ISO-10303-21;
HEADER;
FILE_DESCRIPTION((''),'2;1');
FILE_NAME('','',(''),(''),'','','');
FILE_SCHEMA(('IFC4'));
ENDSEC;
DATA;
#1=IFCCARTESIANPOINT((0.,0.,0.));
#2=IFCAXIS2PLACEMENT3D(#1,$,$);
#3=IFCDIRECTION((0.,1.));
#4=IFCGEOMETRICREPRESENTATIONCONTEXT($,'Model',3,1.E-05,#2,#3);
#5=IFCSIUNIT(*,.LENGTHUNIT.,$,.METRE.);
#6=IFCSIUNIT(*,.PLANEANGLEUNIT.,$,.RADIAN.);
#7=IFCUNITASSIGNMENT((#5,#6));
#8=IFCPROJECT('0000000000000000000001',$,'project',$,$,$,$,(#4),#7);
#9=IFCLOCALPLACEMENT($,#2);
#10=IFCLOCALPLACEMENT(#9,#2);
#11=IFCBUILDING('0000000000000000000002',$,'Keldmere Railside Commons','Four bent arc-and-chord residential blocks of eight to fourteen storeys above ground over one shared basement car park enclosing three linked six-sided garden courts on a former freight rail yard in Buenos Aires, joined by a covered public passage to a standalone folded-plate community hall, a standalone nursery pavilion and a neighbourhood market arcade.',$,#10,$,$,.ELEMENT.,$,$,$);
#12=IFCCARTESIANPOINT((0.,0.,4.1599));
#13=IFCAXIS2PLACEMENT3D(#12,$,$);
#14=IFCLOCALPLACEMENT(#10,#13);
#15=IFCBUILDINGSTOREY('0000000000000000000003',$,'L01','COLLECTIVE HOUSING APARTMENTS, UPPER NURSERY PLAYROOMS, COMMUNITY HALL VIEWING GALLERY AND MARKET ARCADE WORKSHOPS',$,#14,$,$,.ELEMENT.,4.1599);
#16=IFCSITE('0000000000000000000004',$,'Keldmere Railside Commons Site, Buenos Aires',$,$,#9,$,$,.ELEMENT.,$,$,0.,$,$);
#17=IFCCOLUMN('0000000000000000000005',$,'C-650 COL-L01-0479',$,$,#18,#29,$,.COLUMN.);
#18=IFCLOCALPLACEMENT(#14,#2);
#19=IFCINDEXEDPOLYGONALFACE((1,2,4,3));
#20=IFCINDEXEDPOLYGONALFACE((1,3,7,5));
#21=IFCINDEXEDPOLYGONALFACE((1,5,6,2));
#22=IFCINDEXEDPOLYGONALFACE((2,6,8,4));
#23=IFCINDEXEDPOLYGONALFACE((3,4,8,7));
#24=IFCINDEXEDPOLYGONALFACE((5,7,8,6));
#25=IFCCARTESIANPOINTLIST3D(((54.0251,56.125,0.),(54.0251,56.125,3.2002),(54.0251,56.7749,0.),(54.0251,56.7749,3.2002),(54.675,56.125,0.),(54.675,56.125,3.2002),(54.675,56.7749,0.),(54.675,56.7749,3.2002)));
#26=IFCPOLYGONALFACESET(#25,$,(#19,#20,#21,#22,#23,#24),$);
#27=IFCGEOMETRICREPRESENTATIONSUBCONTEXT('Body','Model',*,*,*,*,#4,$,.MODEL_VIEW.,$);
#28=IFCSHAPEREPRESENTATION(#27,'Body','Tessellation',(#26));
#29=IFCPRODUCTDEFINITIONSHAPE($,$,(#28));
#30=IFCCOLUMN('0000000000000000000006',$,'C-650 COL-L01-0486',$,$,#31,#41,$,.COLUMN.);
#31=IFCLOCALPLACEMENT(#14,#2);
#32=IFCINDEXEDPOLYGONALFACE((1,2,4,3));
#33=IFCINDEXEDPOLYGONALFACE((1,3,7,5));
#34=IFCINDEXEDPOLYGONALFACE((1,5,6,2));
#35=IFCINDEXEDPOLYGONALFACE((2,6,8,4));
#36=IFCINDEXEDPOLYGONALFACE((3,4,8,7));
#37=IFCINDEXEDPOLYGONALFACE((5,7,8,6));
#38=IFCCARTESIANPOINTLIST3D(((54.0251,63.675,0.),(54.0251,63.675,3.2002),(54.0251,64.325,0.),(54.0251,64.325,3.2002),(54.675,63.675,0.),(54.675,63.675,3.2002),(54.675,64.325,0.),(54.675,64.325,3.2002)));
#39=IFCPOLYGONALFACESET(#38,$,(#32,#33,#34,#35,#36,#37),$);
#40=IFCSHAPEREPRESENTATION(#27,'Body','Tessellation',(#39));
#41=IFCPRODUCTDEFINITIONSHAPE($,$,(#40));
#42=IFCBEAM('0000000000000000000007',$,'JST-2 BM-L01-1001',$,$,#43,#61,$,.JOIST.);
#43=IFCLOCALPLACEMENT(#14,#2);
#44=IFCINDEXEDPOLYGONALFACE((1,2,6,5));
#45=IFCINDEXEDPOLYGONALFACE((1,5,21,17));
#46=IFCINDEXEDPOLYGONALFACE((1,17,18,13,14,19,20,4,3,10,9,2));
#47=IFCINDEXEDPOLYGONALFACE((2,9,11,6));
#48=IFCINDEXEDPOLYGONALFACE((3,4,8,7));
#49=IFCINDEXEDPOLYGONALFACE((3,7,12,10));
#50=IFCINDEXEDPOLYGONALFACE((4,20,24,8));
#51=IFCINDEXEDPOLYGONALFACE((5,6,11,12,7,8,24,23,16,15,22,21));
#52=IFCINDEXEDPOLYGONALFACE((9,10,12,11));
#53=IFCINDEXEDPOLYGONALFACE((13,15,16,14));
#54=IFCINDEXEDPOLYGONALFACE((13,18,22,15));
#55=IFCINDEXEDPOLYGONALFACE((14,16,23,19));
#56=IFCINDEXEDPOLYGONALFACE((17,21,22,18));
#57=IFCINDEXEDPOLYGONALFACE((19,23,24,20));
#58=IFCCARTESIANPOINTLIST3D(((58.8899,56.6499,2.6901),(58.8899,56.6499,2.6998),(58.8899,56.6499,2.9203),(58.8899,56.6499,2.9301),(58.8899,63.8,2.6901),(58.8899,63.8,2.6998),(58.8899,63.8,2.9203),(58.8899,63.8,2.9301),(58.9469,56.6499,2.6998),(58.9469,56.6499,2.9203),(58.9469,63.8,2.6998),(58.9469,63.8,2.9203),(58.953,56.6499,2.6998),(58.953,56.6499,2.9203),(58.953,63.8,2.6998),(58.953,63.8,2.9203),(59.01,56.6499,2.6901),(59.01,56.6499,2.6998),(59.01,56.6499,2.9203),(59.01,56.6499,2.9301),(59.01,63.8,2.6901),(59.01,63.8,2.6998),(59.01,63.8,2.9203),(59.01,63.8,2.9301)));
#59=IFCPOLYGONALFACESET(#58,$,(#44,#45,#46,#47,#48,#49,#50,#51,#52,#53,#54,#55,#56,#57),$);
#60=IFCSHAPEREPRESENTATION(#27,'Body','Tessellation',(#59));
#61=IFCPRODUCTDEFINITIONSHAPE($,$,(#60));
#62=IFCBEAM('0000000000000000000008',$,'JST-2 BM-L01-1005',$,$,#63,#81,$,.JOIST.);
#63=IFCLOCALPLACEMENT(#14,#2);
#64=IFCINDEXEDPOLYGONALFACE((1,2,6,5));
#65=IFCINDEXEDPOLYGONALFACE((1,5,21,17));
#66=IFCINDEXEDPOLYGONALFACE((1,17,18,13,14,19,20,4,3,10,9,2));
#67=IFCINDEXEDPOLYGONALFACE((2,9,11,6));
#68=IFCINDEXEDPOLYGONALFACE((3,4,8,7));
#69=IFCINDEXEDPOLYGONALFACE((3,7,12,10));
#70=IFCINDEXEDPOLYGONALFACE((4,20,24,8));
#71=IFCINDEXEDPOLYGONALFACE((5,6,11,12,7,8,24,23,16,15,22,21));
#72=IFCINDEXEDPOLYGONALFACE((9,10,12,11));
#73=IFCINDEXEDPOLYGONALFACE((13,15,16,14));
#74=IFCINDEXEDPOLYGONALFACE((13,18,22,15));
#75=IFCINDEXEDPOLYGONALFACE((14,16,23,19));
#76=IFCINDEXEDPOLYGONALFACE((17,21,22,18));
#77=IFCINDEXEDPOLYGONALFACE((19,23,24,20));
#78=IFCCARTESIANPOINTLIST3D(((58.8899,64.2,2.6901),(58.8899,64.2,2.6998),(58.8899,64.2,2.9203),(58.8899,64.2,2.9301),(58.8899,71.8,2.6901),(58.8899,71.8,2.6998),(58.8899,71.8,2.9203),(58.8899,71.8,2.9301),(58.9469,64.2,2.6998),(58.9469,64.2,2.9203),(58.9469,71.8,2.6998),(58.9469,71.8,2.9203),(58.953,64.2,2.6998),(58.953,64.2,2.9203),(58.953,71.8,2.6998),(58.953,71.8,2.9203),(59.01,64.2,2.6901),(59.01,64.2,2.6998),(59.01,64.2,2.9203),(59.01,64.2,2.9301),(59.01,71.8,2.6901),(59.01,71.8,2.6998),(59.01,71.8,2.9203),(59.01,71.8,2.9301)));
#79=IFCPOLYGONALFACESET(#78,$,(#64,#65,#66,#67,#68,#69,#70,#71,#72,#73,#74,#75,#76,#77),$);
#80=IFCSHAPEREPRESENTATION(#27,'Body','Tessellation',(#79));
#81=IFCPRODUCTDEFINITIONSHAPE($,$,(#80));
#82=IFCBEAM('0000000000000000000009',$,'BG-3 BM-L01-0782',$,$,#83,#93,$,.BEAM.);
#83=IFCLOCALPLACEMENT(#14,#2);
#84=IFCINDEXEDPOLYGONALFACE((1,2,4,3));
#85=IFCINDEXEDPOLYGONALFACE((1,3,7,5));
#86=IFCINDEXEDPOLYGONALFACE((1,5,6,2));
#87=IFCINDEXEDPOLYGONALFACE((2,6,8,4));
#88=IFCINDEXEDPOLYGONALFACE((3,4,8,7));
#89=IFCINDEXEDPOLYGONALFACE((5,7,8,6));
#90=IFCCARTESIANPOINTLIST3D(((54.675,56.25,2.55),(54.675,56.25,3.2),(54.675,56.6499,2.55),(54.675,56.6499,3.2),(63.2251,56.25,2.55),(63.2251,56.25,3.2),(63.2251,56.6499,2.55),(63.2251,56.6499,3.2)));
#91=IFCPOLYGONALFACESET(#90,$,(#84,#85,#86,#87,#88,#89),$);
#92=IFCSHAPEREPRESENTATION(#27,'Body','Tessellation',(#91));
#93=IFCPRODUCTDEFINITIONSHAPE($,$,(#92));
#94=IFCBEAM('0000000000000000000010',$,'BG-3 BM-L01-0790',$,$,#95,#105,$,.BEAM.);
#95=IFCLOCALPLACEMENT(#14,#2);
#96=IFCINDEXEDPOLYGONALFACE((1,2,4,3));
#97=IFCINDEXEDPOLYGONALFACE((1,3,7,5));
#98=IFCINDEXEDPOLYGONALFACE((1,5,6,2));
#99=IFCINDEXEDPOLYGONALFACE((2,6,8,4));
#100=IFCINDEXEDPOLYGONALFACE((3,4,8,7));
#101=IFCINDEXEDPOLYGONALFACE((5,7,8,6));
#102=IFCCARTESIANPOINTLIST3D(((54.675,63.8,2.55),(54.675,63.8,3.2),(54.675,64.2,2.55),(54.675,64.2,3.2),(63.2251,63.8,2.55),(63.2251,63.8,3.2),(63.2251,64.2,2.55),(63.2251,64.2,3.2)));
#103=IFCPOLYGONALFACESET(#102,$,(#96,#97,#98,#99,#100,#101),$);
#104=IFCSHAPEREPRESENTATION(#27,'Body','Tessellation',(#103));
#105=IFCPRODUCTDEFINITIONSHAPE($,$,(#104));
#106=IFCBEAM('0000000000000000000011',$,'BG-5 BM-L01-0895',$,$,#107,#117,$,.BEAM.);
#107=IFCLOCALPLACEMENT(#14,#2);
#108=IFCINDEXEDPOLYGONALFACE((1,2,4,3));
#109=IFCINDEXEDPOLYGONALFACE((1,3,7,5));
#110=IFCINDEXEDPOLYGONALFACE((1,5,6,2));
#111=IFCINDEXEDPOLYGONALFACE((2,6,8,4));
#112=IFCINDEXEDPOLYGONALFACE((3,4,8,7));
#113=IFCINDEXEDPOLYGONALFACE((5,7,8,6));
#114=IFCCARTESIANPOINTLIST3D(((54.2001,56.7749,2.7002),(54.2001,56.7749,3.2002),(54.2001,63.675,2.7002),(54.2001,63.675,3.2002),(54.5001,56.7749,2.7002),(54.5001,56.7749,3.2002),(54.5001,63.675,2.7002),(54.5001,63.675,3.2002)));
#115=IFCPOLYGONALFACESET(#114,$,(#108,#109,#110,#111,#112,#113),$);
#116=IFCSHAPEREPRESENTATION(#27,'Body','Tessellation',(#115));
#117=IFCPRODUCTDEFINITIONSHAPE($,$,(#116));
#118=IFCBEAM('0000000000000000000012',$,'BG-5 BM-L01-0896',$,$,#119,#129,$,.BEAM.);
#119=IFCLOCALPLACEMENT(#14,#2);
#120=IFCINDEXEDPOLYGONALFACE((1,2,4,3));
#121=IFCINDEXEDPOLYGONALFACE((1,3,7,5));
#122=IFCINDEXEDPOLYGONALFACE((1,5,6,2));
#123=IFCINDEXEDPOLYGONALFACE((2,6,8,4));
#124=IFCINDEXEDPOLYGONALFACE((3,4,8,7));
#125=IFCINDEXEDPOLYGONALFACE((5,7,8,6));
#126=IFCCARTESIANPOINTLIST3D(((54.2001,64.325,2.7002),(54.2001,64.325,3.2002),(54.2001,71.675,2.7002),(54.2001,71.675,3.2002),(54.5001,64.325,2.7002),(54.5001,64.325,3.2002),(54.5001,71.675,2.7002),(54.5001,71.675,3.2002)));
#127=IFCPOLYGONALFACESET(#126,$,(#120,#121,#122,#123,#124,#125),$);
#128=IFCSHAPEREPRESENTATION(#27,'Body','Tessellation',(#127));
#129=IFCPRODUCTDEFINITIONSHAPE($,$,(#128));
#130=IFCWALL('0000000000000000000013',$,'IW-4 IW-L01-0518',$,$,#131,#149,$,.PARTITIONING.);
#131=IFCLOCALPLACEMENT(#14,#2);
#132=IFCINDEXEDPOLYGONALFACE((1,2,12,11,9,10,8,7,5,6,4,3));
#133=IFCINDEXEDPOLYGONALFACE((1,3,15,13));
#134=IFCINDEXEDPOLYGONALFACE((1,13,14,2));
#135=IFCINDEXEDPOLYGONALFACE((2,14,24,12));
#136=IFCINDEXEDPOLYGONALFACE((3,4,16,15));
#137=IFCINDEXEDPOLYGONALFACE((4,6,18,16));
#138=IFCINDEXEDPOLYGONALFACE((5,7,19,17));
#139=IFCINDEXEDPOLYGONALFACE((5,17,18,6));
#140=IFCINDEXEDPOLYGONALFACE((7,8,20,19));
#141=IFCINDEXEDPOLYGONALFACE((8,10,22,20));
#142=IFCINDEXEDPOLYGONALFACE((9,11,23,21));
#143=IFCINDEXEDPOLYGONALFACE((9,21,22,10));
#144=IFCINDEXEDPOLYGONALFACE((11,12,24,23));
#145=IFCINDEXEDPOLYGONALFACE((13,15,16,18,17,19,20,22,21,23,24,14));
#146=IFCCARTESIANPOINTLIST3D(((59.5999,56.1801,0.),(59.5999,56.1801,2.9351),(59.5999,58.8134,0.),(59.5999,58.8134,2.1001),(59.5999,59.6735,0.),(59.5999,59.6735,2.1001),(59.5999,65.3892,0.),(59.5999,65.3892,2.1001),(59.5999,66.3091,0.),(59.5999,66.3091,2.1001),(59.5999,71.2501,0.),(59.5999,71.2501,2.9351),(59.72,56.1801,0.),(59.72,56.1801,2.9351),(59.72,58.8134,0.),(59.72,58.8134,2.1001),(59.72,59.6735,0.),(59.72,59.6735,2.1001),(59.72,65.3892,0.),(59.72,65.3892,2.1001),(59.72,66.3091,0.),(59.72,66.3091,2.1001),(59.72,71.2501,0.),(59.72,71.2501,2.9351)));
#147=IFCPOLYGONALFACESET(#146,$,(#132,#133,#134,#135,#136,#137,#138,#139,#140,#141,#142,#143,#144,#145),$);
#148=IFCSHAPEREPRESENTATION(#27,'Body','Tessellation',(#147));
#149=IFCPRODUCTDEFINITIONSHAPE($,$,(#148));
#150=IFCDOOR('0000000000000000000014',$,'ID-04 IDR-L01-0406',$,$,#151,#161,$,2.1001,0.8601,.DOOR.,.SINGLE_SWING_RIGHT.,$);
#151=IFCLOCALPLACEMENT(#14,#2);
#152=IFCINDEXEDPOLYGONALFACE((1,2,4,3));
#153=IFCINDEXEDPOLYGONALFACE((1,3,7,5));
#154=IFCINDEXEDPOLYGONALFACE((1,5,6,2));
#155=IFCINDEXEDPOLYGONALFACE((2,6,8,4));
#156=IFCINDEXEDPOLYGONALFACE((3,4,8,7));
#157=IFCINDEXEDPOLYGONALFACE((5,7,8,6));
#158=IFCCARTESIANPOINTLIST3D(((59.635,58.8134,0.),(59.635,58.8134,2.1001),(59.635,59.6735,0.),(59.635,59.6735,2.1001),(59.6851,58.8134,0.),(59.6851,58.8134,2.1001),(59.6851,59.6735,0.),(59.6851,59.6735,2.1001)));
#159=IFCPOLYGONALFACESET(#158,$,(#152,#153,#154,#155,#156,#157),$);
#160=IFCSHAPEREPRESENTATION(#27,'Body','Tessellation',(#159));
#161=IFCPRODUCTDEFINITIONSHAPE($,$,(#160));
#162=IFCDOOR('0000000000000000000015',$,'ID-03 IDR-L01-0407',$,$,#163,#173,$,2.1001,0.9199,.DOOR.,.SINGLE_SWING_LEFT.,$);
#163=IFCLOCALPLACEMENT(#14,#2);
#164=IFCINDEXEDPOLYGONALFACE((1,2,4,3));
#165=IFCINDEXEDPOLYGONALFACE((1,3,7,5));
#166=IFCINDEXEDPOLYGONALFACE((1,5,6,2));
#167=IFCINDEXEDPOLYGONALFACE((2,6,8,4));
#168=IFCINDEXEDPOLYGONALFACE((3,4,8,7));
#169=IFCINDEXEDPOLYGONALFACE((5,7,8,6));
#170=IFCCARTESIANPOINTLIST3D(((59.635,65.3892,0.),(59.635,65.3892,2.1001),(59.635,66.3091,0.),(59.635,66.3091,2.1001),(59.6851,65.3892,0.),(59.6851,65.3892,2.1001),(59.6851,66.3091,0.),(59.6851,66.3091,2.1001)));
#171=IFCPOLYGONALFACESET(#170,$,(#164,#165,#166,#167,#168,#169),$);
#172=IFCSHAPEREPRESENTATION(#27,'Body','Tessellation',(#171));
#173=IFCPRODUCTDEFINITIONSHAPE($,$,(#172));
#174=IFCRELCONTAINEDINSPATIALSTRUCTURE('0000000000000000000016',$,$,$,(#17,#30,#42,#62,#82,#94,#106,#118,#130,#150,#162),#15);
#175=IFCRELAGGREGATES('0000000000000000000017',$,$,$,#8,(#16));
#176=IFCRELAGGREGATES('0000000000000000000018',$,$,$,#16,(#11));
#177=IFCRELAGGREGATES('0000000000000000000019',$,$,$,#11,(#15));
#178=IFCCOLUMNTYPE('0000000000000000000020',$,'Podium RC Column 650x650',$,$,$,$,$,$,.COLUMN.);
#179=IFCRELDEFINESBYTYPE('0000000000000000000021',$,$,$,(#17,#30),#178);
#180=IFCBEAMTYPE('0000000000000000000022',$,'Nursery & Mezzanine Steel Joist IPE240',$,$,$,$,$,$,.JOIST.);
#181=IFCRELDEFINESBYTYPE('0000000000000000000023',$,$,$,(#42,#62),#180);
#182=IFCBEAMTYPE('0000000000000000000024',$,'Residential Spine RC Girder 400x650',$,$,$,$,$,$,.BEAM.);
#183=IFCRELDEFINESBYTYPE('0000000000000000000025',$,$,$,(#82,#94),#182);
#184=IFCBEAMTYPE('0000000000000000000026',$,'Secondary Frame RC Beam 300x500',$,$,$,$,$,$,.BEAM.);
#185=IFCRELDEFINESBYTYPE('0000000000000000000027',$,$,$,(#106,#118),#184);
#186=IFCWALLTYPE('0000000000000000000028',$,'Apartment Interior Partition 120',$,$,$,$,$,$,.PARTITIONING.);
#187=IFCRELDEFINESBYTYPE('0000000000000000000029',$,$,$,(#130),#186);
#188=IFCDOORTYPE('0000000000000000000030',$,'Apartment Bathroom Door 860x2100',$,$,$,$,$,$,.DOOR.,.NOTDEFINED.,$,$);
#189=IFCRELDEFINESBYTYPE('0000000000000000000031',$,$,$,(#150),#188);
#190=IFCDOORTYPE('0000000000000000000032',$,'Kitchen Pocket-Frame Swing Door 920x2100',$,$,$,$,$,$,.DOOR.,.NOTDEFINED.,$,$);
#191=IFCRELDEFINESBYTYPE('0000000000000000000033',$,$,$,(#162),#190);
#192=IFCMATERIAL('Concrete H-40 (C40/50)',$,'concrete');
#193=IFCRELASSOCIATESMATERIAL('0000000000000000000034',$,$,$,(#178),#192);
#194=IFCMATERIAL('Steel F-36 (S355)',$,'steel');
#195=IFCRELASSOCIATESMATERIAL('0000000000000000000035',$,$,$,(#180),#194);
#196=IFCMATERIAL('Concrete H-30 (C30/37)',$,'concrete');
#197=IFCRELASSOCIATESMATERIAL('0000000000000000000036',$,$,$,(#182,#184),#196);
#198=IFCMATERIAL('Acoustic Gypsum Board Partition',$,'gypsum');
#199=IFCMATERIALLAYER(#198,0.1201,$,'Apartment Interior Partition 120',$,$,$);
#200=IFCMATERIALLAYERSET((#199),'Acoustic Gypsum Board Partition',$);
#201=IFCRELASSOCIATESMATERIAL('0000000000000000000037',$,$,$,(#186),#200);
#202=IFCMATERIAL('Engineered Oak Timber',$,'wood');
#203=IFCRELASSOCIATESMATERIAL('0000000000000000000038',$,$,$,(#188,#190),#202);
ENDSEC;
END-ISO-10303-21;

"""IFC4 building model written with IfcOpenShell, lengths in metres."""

from ifc_helpers import new_model, si_unit, direction, frame, frame_2d, origin, origin_2d, place, context, subcontext, project, spatial, rectangle, i_section, extrude, material, layer, layer_set, material_profile, profile_set, type_object, element, fill, save


model = new_model("IFC4")

# Units and contexts
model_context = context("Model", 3, precision=1e-05, world=origin(), true_north=direction((0.0, 1.0)))
body_context = subcontext(model_context, "Body", "Model", "MODEL_VIEW")
ifc_project = project(units=[si_unit("LENGTHUNIT", "METRE"), si_unit("PLANEANGLEUNIT", "RADIAN")], contexts=[model_context])

# Site, building, storey
site_placement = place(None, origin())
site = spatial("IfcSite", under=ifc_project, at=site_placement, Name="Keldmere Railside Commons Site, Buenos Aires", CompositionType="ELEMENT", RefElevation=0.0)
building_placement = place(site_placement, origin())
building = spatial("IfcBuilding", under=site, at=building_placement, Name="Keldmere Railside Commons", Description="Four bent arc-and-chord residential blocks of eight to fourteen storeys above ground over one shared basement car park enclosing three linked six-sided garden courts on a former freight rail yard in Buenos Aires, joined by a covered public passage to a standalone folded-plate community hall, a standalone nursery pavilion and a neighbourhood market arcade.", CompositionType="ELEMENT")
storey_placement = place(building_placement, frame((0.0, 0.0, 4.1599)))
storey = spatial("IfcBuildingStorey", under=building, at=storey_placement, Name="L01", Description="COLLECTIVE HOUSING APARTMENTS, UPPER NURSERY PLAYROOMS, COMMUNITY HALL VIEWING GALLERY AND MARKET ARCADE WORKSHOPS", CompositionType="ELEMENT", Elevation=4.1599)

# Columns
ifc_material_1 = material(Name="Concrete H-40 (C40/50)", Category="concrete")
ifc_material_profile_1 = material_profile(ifc_material_1, rectangle(XDim=0.6499, YDim=0.6499, at=origin_2d()), Name="RC-650x650")
ifc_profile_set_1 = profile_set([ifc_material_profile_1], Name="Concrete H-40 (C40/50)")
column_type = type_object("IfcColumnType", Name="Podium RC Column 650x650", PredefinedType="COLUMN", material=ifc_profile_set_1)
for number, where, z_axis, x_axis, name in (
    (1, (54.3501, 56.45, 0.0), (0.0, 0.0, 1.0), (1.0, 0.0, 0.0), "C-650 COL-L01-0479"),
    (2, (54.3501, 64.0, 0.0), (0.0, 0.0, 1.0), (1.0, 0.0, 0.0), "C-650 COL-L01-0486"),
):
    element("IfcColumn", number, at=place(storey_placement, frame(where, z_axis=z_axis, x_axis=x_axis)), inside=storey, type_object=column_type, Name=name, PredefinedType="COLUMN", context=body_context, shape_type="SweptSolid", body=[
        extrude(rectangle(XDim=0.6499, YDim=0.6499, at=origin_2d()), origin(), (0.0, 0.0, 1.0), 3.2002),
    ])

# Beams
ifc_material_2 = material(Name="Steel F-36 (S355)", Category="steel")
ifc_material_profile_2 = material_profile(ifc_material_2, i_section(OverallWidth=0.1201, OverallDepth=0.24, WebThickness=0.0061, FlangeThickness=0.0098, at=origin_2d()), Name="IPE-240")
ifc_profile_set_2 = profile_set([ifc_material_profile_2], Name="Steel F-36 (S355)")
beam_type_1 = type_object("IfcBeamType", Name="Nursery & Mezzanine Steel Joist IPE240", PredefinedType="JOIST", material=ifc_profile_set_2)
beam_1_placement = place(storey_placement, frame((58.95, 56.6499, 2.8101), z_axis=(0.0, 1.0, 0.0), x_axis=(-1.0, 0.0, 0.0)))
element("IfcBeam", 3, at=beam_1_placement, inside=storey, type_object=beam_type_1, Name="JST-2 BM-L01-1001", PredefinedType="JOIST", context=body_context, shape_type="SweptSolid", body=[
    extrude(i_section(OverallWidth=0.1201, OverallDepth=0.24, WebThickness=0.0061, FlangeThickness=0.0098, at=origin_2d()), origin(), (0.0, 0.0, 1.0), 7.1501),
])
beam_2_placement = place(storey_placement, frame((58.95, 64.2, 2.8101), z_axis=(0.0, 1.0, 0.0), x_axis=(-1.0, 0.0, 0.0)))
element("IfcBeam", 4, at=beam_2_placement, inside=storey, type_object=beam_type_1, Name="JST-2 BM-L01-1005", PredefinedType="JOIST", context=body_context, shape_type="SweptSolid", body=[
    extrude(i_section(OverallWidth=0.1201, OverallDepth=0.24, WebThickness=0.0061, FlangeThickness=0.0098, at=origin_2d()), origin(), (0.0, 0.0, 1.0), 7.6001),
])
ifc_material_3 = material(Name="Concrete H-30 (C30/37)", Category="concrete")
ifc_material_profile_3 = material_profile(ifc_material_3, rectangle(XDim=0.3999, YDim=0.6499, at=origin_2d()), Name="RC-400x650")
ifc_profile_set_3 = profile_set([ifc_material_profile_3], Name="Concrete H-30 (C30/37)")
beam_type_2 = type_object("IfcBeamType", Name="Residential Spine RC Girder 400x650", PredefinedType="BEAM", material=ifc_profile_set_3)
for number, where, z_axis, x_axis, name in (
    (5, (54.675, 56.45, 2.875), (1.0, 0.0, 0.0), (0.0, 1.0, 0.0), "BG-3 BM-L01-0782"),
    (6, (54.675, 64.0, 2.875), (1.0, 0.0, 0.0), (0.0, 1.0, 0.0), "BG-3 BM-L01-0790"),
):
    element("IfcBeam", number, at=place(storey_placement, frame(where, z_axis=z_axis, x_axis=x_axis)), inside=storey, type_object=beam_type_2, Name=name, PredefinedType="BEAM", context=body_context, shape_type="SweptSolid", body=[
        extrude(rectangle(XDim=0.3999, YDim=0.6499, at=origin_2d()), origin(), (0.0, 0.0, 1.0), 8.55),
    ])
ifc_material_profile_4 = material_profile(ifc_material_3, rectangle(XDim=0.3, YDim=0.5, at=origin_2d()), Name="RC-300x500")
ifc_profile_set_4 = profile_set([ifc_material_profile_4], Name="Concrete H-30 (C30/37)")
beam_type_3 = type_object("IfcBeamType", Name="Secondary Frame RC Beam 300x500", PredefinedType="BEAM", material=ifc_profile_set_4)
beam_3_placement = place(storey_placement, frame((54.3501, 56.7749, 2.9502), z_axis=(0.0, 1.0, 0.0), x_axis=(-1.0, 0.0, 0.0)))
element("IfcBeam", 7, at=beam_3_placement, inside=storey, type_object=beam_type_3, Name="BG-5 BM-L01-0895", PredefinedType="BEAM", context=body_context, shape_type="SweptSolid", body=[
    extrude(rectangle(XDim=0.3, YDim=0.5, at=origin_2d()), origin(), (0.0, 0.0, 1.0), 6.9001),
])
beam_4_placement = place(storey_placement, frame((54.3501, 64.325, 2.9502), z_axis=(0.0, 1.0, 0.0), x_axis=(-1.0, 0.0, 0.0)))
element("IfcBeam", 8, at=beam_4_placement, inside=storey, type_object=beam_type_3, Name="BG-5 BM-L01-0896", PredefinedType="BEAM", context=body_context, shape_type="SweptSolid", body=[
    extrude(rectangle(XDim=0.3, YDim=0.5, at=origin_2d()), origin(), (0.0, 0.0, 1.0), 7.3501),
])

# Wall, openings, doors
ifc_material_4 = material(Name="Acoustic Gypsum Board Partition", Category="gypsum")
ifc_layer_1 = layer(ifc_material_4, 0.1201, Name="Apartment Interior Partition 120")
ifc_layer_set_1 = layer_set([ifc_layer_1], Name="Acoustic Gypsum Board Partition")
wall_type_1 = type_object("IfcWallType", Name="Apartment Interior Partition 120", PredefinedType="PARTITIONING", material=ifc_layer_set_1)
wall_1_placement = place(storey_placement, frame((59.6599, 56.1799, 0.0), z_axis=(0.0, 0.0, 1.0), x_axis=(0.0, 1.0, 0.0)))
wall_1 = element("IfcWall", 9, at=wall_1_placement, inside=storey, type_object=wall_type_1, Name="IW-4 IW-L01-0518", PredefinedType="PARTITIONING", context=body_context, shape_type="SweptSolid", body=[
    extrude(rectangle(XDim=15.0701, YDim=0.1201, at=frame_2d((7.5352, 0.0))), origin(), (0.0, 0.0, 1.0), 2.9351),
])
opening_1_placement = place(wall_1_placement, frame((2.6333, 0.0, 0.0)))
opening_1 = element("IfcOpeningElement", 10, at=opening_1_placement, cuts=wall_1, PredefinedType="OPENING", context=body_context, shape_type="SweptSolid", body=[
    extrude(rectangle(XDim=0.8601, YDim=2.1001, at=frame_2d((0.4302, 1.05))), frame((0.0, 0.0701, 0.0), z_axis=(0.0, -1.0, 0.0), x_axis=(1.0, 0.0, 0.0)), (0.0, 0.0, 1.0), 0.1401),
])
opening_2_placement = place(wall_1_placement, frame((9.2092, 0.0, 0.0)))
opening_2 = element("IfcOpeningElement", 11, at=opening_2_placement, cuts=wall_1, PredefinedType="OPENING", context=body_context, shape_type="SweptSolid", body=[
    extrude(rectangle(XDim=0.9199, YDim=2.1001, at=frame_2d((0.46, 1.05))), frame((0.0, 0.0701, 0.0), z_axis=(0.0, -1.0, 0.0), x_axis=(1.0, 0.0, 0.0)), (0.0, 0.0, 1.0), 0.1401),
])
ifc_material_5 = material(Name="Engineered Oak Timber", Category="wood")
door_type_1 = type_object("IfcDoorType", Name="Apartment Bathroom Door 860x2100", OperationType="NOTDEFINED", PredefinedType="DOOR", material=ifc_material_5)
door_1_placement = place(opening_1_placement, origin())
door_1 = element("IfcDoor", 12, at=door_1_placement, inside=storey, type_object=door_type_1, Name="ID-04 IDR-L01-0406", OperationType="SINGLE_SWING_RIGHT", OverallHeight=2.1001, OverallWidth=0.8601, PredefinedType="DOOR", context=body_context, shape_type="SweptSolid", body=[
    extrude(rectangle(XDim=0.8601, YDim=2.1001, at=frame_2d((0.4302, 1.05))), frame((0.0, 0.0249, 0.0), z_axis=(0.0, -1.0, 0.0), x_axis=(1.0, 0.0, 0.0)), (0.0, 0.0, 1.0), 0.05),
])
fill(opening_1, door_1)
door_type_2 = type_object("IfcDoorType", Name="Kitchen Pocket-Frame Swing Door 920x2100", OperationType="NOTDEFINED", PredefinedType="DOOR", material=ifc_material_5)
door_2_placement = place(opening_2_placement, origin())
door_2 = element("IfcDoor", 13, at=door_2_placement, inside=storey, type_object=door_type_2, Name="ID-03 IDR-L01-0407", OperationType="SINGLE_SWING_LEFT", OverallHeight=2.1001, OverallWidth=0.9199, PredefinedType="DOOR", context=body_context, shape_type="SweptSolid", body=[
    extrude(rectangle(XDim=0.9199, YDim=2.1001, at=frame_2d((0.46, 1.05))), frame((0.0, 0.0249, 0.0), z_axis=(0.0, -1.0, 0.0), x_axis=(1.0, 0.0, 0.0)), (0.0, 0.0, 1.0), 0.05),
])
fill(opening_2, door_2)

save(model, "model.ifc")
